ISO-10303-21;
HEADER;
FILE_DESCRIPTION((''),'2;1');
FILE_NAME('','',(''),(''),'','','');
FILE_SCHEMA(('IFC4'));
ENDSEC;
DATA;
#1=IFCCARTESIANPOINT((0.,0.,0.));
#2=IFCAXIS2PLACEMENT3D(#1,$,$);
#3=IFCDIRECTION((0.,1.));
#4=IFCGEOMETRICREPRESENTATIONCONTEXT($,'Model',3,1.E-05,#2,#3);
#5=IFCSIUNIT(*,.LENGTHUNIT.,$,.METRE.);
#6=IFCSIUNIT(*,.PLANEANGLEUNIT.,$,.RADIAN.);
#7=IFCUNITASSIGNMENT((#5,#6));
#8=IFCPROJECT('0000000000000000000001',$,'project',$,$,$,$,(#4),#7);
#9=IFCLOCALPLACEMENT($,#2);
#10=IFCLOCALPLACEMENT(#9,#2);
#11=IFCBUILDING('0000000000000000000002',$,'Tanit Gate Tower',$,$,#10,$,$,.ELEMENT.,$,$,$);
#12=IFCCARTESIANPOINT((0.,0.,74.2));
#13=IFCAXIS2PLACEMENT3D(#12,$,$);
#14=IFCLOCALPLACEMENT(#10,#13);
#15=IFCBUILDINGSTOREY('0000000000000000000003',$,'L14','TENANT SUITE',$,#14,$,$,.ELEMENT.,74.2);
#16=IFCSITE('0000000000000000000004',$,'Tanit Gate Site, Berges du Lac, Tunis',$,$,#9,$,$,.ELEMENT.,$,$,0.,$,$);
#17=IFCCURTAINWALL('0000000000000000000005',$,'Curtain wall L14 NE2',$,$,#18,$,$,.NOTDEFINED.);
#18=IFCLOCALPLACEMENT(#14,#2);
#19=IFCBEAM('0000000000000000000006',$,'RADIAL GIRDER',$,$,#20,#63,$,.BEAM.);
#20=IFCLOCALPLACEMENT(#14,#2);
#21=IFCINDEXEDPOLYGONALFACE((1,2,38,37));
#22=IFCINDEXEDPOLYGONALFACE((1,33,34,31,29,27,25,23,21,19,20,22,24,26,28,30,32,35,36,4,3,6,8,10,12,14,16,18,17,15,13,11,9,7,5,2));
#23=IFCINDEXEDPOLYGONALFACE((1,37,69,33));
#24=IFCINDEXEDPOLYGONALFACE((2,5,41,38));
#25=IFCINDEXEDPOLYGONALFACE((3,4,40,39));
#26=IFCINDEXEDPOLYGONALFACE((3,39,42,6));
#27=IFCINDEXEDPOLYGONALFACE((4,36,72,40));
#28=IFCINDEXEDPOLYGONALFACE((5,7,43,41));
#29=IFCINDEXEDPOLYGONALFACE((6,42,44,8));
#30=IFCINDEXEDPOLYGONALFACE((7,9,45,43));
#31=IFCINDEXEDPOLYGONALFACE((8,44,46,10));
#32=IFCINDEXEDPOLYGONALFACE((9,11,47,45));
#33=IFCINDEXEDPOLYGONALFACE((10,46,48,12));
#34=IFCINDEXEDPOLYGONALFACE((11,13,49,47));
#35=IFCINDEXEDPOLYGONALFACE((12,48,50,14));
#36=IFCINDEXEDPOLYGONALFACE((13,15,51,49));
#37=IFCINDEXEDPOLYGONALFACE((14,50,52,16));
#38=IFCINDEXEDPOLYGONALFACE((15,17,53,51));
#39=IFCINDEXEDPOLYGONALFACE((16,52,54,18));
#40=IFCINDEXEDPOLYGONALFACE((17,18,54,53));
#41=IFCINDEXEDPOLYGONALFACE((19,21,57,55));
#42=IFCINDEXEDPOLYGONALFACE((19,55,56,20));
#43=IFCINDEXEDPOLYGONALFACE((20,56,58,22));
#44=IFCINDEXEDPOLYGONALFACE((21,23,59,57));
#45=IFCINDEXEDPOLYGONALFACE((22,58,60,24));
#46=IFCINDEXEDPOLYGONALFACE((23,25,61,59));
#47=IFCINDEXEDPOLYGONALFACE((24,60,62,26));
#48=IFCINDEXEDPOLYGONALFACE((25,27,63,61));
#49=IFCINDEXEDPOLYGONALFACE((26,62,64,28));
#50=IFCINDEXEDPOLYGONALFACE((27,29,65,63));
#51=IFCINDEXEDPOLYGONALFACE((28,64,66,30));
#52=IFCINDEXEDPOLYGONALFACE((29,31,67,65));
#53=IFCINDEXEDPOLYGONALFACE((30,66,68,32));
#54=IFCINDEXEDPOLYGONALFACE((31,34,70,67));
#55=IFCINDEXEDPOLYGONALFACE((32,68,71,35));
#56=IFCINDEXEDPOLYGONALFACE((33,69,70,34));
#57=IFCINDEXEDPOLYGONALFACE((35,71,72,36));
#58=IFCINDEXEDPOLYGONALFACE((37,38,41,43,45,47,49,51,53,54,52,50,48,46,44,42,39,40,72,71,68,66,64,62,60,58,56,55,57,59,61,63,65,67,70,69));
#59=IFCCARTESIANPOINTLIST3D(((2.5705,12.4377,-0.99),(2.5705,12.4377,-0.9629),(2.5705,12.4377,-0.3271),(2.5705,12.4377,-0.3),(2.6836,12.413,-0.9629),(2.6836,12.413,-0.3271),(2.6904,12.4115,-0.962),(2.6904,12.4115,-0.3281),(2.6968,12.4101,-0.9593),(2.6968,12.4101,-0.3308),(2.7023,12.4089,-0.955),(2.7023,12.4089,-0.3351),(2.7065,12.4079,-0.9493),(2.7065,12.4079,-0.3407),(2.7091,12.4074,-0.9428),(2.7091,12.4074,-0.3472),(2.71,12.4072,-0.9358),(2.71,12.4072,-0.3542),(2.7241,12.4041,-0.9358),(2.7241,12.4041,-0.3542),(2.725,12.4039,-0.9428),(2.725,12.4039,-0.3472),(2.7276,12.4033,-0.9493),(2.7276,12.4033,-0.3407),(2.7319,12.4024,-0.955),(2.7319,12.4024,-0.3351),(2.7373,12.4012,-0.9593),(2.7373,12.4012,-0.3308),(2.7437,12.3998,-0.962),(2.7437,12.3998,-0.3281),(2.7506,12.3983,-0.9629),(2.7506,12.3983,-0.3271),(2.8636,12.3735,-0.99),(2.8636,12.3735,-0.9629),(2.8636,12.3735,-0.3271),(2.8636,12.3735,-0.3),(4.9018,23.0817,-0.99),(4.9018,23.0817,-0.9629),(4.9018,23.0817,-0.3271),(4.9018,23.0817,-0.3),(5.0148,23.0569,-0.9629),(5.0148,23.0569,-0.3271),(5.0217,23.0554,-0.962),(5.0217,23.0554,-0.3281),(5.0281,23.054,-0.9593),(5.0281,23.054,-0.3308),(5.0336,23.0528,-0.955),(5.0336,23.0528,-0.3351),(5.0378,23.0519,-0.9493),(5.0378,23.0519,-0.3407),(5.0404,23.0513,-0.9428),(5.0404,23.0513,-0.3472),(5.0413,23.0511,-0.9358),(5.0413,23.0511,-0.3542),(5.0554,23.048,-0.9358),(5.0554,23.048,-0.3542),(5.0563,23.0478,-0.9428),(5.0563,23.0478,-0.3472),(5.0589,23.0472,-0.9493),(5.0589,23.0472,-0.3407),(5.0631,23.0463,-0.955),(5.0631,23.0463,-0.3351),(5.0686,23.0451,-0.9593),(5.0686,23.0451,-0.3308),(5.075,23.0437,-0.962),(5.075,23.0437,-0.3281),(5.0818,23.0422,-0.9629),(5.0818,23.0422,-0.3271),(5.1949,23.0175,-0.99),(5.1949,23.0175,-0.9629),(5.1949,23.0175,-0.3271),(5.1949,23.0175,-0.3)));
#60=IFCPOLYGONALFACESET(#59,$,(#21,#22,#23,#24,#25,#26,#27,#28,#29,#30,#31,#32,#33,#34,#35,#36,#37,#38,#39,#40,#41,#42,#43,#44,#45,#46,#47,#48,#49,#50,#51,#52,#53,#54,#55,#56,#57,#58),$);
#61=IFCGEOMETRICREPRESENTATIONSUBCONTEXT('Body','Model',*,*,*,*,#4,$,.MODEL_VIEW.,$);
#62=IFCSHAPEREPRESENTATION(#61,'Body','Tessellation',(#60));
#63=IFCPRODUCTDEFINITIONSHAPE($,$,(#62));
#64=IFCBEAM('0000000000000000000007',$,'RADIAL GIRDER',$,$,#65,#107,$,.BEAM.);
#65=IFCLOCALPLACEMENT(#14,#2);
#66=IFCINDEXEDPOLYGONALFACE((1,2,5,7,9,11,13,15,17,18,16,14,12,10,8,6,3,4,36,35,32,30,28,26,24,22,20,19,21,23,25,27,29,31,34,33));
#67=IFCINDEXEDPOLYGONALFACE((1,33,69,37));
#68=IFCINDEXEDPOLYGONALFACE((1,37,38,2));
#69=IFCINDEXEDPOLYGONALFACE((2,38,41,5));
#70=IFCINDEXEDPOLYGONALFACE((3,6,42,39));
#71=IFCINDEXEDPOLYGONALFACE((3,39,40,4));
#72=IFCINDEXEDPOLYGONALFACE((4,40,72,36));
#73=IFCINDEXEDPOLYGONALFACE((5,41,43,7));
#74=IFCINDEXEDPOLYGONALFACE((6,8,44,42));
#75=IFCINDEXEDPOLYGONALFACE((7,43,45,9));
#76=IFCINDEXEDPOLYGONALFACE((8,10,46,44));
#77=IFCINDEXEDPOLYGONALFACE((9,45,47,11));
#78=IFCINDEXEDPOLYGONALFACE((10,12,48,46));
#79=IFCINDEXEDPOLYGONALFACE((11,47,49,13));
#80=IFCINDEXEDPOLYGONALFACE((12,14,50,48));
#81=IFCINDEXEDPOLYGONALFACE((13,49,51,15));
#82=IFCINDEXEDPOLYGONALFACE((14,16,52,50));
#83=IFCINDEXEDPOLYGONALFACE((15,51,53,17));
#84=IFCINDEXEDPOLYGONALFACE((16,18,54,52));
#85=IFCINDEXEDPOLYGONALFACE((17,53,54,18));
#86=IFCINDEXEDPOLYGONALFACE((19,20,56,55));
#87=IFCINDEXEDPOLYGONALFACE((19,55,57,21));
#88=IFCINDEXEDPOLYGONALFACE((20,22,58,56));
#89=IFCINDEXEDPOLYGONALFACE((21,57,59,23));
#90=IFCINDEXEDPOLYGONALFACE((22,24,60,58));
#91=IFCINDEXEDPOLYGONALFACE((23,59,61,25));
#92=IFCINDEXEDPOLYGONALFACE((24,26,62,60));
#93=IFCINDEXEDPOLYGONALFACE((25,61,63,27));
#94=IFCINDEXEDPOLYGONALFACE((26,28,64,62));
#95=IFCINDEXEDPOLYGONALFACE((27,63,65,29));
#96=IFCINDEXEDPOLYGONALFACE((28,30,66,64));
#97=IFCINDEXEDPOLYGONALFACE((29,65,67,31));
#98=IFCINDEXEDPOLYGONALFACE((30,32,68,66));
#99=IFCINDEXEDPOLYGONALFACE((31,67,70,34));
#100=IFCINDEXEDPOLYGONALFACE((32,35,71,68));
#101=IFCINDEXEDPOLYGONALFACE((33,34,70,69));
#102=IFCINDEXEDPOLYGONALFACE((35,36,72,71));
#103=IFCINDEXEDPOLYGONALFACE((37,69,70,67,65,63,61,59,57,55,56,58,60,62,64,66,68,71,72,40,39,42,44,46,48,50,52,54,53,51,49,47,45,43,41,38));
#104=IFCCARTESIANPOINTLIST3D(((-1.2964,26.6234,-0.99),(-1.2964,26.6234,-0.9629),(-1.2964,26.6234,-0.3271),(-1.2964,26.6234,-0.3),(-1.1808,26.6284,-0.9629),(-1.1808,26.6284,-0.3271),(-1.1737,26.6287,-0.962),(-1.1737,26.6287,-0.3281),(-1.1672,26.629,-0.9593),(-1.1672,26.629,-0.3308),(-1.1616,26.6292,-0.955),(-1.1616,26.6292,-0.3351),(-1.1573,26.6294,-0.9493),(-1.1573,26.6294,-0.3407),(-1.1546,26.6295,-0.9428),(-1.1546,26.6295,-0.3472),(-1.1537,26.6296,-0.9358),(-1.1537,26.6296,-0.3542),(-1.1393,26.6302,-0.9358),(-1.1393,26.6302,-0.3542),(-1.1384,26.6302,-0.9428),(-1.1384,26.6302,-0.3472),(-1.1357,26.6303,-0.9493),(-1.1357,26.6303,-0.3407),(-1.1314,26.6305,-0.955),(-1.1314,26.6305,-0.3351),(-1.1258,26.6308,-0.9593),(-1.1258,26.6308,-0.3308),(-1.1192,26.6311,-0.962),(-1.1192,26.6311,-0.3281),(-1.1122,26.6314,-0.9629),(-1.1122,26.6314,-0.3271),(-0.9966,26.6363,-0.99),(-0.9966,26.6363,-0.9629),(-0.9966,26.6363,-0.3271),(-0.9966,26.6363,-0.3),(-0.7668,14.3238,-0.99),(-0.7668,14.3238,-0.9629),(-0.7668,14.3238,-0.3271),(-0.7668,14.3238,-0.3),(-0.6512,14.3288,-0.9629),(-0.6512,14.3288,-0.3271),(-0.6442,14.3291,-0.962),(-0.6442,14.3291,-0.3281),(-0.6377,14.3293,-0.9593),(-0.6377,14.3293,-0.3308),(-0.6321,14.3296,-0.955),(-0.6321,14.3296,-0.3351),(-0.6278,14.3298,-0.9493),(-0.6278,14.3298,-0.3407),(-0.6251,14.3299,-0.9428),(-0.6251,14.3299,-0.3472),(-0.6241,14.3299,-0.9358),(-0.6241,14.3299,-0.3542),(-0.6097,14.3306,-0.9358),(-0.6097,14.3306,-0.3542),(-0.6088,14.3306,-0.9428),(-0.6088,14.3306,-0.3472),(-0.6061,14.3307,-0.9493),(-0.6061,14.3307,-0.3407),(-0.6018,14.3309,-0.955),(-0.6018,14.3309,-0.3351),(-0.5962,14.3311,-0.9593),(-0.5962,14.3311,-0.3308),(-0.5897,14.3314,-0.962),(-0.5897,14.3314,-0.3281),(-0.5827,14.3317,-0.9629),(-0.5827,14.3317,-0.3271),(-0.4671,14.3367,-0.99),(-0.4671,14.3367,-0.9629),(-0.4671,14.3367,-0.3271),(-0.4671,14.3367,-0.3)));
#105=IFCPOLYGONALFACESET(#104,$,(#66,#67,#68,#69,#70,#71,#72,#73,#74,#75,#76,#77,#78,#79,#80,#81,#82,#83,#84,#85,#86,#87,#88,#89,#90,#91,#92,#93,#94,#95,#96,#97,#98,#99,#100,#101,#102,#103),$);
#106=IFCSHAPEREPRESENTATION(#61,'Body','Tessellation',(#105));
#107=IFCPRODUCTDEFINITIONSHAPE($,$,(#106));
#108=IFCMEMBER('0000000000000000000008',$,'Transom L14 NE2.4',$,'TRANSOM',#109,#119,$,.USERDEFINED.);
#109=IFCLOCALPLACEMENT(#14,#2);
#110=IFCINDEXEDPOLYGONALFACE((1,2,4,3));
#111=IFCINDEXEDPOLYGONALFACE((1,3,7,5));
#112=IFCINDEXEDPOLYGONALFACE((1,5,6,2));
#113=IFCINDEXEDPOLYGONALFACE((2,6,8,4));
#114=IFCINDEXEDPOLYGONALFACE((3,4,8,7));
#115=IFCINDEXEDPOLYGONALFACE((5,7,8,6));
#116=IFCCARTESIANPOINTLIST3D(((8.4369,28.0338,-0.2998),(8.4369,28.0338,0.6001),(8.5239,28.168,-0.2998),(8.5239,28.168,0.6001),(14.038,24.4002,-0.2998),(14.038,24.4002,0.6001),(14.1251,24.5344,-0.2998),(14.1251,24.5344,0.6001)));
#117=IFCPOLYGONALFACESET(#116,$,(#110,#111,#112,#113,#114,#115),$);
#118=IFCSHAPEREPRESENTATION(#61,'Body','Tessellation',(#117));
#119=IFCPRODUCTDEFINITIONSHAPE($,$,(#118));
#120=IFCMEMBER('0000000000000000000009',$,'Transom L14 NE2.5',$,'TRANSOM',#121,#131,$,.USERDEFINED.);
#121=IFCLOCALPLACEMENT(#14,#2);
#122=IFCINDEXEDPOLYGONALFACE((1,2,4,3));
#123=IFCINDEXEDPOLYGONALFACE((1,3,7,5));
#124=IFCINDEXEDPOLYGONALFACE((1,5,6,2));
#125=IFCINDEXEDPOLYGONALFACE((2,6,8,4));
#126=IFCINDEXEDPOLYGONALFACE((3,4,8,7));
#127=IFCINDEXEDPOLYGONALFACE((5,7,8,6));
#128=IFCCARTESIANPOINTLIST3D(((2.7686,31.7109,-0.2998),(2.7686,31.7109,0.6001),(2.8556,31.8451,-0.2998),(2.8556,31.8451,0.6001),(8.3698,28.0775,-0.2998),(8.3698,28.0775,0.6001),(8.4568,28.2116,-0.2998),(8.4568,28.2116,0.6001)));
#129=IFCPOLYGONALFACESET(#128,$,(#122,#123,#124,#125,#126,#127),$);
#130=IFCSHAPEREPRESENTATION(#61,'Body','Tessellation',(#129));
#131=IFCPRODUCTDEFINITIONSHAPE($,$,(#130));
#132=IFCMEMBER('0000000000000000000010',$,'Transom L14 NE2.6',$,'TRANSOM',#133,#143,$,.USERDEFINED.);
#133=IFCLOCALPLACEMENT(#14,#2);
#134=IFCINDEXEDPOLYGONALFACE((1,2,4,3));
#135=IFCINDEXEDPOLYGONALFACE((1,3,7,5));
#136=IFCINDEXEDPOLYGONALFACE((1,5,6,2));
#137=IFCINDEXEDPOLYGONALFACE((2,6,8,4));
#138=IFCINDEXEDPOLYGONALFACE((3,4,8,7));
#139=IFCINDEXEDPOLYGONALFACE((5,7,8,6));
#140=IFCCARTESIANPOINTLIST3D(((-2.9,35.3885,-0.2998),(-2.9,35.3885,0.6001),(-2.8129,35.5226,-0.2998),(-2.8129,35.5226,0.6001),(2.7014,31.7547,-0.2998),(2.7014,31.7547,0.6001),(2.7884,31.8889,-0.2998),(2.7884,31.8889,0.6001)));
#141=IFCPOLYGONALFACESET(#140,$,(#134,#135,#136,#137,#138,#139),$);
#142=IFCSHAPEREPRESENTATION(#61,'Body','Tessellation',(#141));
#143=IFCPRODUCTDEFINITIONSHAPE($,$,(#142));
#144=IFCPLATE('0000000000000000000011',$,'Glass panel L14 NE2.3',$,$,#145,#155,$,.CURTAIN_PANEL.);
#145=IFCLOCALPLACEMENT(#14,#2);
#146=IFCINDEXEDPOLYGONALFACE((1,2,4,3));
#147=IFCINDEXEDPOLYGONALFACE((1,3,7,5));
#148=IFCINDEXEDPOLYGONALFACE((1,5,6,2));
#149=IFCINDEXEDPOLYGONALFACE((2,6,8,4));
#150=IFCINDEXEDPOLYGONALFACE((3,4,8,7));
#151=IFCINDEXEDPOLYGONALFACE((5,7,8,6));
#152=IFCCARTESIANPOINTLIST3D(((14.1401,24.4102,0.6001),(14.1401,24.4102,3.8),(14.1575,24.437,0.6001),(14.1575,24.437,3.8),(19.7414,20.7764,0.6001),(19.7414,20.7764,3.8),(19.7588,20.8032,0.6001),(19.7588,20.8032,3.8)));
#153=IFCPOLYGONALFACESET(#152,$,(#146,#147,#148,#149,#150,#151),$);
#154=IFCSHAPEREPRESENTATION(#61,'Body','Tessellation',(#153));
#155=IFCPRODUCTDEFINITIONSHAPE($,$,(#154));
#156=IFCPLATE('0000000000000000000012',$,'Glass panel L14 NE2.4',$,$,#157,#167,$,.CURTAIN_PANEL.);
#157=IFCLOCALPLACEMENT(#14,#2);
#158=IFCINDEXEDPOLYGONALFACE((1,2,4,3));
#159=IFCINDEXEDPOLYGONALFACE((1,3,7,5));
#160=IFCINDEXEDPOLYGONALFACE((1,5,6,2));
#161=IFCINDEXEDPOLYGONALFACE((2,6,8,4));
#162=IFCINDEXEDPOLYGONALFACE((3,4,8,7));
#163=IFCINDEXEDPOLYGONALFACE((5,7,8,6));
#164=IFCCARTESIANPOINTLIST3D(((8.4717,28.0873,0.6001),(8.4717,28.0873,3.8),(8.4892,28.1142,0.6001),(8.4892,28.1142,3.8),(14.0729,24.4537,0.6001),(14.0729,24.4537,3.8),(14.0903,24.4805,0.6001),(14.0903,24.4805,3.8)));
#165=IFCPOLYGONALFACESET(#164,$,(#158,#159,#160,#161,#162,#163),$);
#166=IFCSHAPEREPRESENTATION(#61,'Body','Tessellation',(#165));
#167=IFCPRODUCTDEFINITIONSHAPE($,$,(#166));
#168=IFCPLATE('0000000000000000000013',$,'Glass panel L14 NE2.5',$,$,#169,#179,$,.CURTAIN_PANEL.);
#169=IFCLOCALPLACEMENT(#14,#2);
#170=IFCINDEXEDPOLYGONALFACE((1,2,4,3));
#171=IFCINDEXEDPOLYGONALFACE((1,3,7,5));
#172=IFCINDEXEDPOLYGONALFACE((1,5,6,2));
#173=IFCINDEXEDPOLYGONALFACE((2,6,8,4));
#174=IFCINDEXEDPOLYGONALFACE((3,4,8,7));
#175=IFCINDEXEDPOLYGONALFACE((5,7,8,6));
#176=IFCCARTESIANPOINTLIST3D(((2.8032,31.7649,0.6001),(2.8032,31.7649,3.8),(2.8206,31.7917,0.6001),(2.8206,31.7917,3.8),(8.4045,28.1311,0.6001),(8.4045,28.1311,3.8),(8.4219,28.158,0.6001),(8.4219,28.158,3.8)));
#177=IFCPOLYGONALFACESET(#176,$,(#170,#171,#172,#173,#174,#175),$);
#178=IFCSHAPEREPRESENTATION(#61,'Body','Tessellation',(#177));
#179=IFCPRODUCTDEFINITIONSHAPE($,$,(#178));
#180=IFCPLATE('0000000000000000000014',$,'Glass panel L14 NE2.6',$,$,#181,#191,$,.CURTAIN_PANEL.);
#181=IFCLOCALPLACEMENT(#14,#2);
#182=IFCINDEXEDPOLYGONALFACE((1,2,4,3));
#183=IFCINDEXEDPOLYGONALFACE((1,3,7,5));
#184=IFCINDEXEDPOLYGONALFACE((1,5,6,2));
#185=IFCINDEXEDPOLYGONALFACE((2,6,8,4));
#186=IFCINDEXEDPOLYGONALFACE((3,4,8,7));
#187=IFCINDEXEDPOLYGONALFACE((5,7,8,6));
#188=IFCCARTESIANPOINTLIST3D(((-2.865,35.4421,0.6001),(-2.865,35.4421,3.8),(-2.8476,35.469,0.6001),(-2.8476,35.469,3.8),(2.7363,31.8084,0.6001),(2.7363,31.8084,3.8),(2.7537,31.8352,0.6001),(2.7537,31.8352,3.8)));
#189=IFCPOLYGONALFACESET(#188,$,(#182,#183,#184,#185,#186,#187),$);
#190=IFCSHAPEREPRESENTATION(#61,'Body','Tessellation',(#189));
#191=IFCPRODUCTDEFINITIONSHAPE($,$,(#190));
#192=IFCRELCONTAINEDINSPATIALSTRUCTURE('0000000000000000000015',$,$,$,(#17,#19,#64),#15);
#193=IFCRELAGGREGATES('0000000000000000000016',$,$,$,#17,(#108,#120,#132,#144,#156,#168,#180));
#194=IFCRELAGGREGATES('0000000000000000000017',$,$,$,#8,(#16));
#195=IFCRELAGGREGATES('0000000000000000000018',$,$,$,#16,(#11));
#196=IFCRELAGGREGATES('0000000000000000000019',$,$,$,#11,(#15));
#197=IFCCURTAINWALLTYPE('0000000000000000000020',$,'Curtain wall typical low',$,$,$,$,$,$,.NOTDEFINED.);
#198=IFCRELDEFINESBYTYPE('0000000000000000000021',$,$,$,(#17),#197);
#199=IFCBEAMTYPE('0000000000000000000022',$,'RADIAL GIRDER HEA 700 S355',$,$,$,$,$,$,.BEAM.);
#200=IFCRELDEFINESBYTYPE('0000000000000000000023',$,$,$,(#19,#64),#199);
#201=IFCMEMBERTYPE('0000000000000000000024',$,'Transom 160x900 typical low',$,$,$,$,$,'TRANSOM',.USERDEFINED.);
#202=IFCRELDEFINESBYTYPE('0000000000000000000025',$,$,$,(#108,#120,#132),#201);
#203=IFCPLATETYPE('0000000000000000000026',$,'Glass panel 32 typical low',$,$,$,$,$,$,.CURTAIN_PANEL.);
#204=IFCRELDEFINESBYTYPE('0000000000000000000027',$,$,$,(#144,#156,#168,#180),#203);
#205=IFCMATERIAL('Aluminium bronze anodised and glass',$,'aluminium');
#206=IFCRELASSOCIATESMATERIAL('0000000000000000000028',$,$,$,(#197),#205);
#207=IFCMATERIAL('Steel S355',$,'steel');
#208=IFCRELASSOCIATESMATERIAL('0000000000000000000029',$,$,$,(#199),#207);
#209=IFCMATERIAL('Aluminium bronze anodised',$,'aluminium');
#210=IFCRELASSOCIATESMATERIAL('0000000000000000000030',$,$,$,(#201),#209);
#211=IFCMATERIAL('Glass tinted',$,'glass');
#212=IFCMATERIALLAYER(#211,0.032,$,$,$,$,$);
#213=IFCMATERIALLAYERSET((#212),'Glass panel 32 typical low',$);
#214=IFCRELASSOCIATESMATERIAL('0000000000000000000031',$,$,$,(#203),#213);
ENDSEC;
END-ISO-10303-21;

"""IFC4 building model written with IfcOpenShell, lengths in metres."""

from ifc_helpers import new_model, si_unit, direction, frame, origin, origin_2d, place, context, subcontext, project, spatial, rectangle, i_section, extrude, material, layer, layer_set, material_profile, profile_set, type_object, element, aggregate, save


model = new_model("IFC4")

# Units and contexts
model_context = context("Model", 3, precision=1e-05, world=origin(), true_north=direction((0.0, 1.0)))
body_context = subcontext(model_context, "Body", "Model", "MODEL_VIEW")
ifc_project = project(units=[si_unit("LENGTHUNIT", "METRE"), si_unit("PLANEANGLEUNIT", "RADIAN")], contexts=[model_context])

# Site, building, storey
site_placement = place(None, origin())
site = spatial("IfcSite", under=ifc_project, at=site_placement, Name="Tanit Gate Site, Berges du Lac, Tunis", CompositionType="ELEMENT", RefElevation=0.0)
building_placement = place(site_placement, origin())
building = spatial("IfcBuilding", under=site, at=building_placement, Name="Tanit Gate Tower", CompositionType="ELEMENT")
storey_placement = place(building_placement, frame((0.0, 0.0, 74.2)))
storey = spatial("IfcBuildingStorey", under=building, at=storey_placement, Name="L14", Description="TENANT SUITE", CompositionType="ELEMENT", Elevation=74.2)

# Curtain wall
ifc_material_1 = material(Name="Aluminium bronze anodised and glass", Category="aluminium")
curtain_wall_type = type_object("IfcCurtainWallType", Name="Curtain wall typical low", PredefinedType="NOTDEFINED", material=ifc_material_1)
curtain_wall_placement = place(storey_placement, origin())
curtain_wall = element("IfcCurtainWall", 1, at=curtain_wall_placement, inside=storey, type_object=curtain_wall_type, Name="Curtain wall L14 NE2", PredefinedType="NOTDEFINED")

# Beams
ifc_material_2 = material(Name="Steel S355", Category="steel")
ifc_material_profile_1 = material_profile(ifc_material_2, i_section(OverallWidth=0.3, OverallDepth=0.6899, WebThickness=0.0144, FlangeThickness=0.0271, FilletRadius=0.0271, at=origin_2d()), Name="HEA 700")
ifc_profile_set_1 = profile_set([ifc_material_profile_1], Name="Steel S355")
beam_type = type_object("IfcBeamType", Name="RADIAL GIRDER HEA 700 S355", PredefinedType="BEAM", material=ifc_profile_set_1)
beam_1_placement = place(storey_placement, frame((5.0483, 23.0496, -0.645), z_axis=(-0.213952, -0.976844, 0.0), x_axis=(0.976844, -0.213952, 0.0)))
element("IfcBeam", 2, at=beam_1_placement, inside=storey, type_object=beam_type, Name="RADIAL GIRDER", PredefinedType="BEAM", context=body_context, shape_type="SweptSolid", body=[
    extrude(i_section(OverallWidth=0.3, OverallDepth=0.6899, WebThickness=0.0144, FlangeThickness=0.0271, FilletRadius=0.0271, at=origin_2d()), origin(), (0.0, 0.0, 1.0), 10.8962),
])
beam_2_placement = place(storey_placement, frame((-1.1465, 26.6299, -0.645), z_axis=(0.043014, -0.999074, 0.0), x_axis=(0.999074, 0.043014, 0.0)))
element("IfcBeam", 3, at=beam_2_placement, inside=storey, type_object=beam_type, Name="RADIAL GIRDER", PredefinedType="BEAM", context=body_context, shape_type="SweptSolid", body=[
    extrude(i_section(OverallWidth=0.3, OverallDepth=0.6899, WebThickness=0.0144, FlangeThickness=0.0271, FilletRadius=0.0271, at=origin_2d()), origin(), (0.0, 0.0, 1.0), 12.311),
])

# Members
ifc_material_3 = material(Name="Aluminium bronze anodised", Category="aluminium")
ifc_material_profile_2 = material_profile(ifc_material_3, rectangle(XDim=0.1599, YDim=0.8999, at=origin_2d()), Name="160x900 bronze transom")
ifc_profile_set_2 = profile_set([ifc_material_profile_2], Name="Aluminium bronze anodised")
member_type_1 = type_object("IfcMemberType", Name="Transom 160x900 typical low", ElementType="TRANSOM", PredefinedType="USERDEFINED", material=ifc_profile_set_2)
member_1_placement = place(storey_placement, frame((14.0815, 24.4673, 0.1501), z_axis=(-0.838933, 0.544235, 0.0), x_axis=(-0.544235, -0.838933, 0.0)))
member_1 = element("IfcMember", 4, at=member_1_placement, type_object=member_type_1, Name="Transom L14 NE2.4", ObjectType="TRANSOM", PredefinedType="USERDEFINED", context=body_context, shape_type="SweptSolid", body=[
    extrude(rectangle(XDim=0.1599, YDim=0.8999, at=origin_2d()), origin(), (0.0, 0.0, 1.0), 6.6765),
])
member_2_placement = place(storey_placement, frame((8.4133, 28.1445, 0.1501), z_axis=(-0.838944, 0.544218, 0.0), x_axis=(-0.544218, -0.838944, 0.0)))
member_2 = element("IfcMember", 5, at=member_2_placement, type_object=member_type_1, Name="Transom L14 NE2.5", ObjectType="TRANSOM", PredefinedType="USERDEFINED", context=body_context, shape_type="SweptSolid", body=[
    extrude(rectangle(XDim=0.1599, YDim=0.8999, at=origin_2d()), origin(), (0.0, 0.0, 1.0), 6.6765),
])
member_3_placement = place(storey_placement, frame((2.7449, 31.8218, 0.1501), z_axis=(-0.838927, 0.544244, 0.0), x_axis=(-0.544244, -0.838927, 0.0)))
member_3 = element("IfcMember", 6, at=member_3_placement, type_object=member_type_1, Name="Transom L14 NE2.6", ObjectType="TRANSOM", PredefinedType="USERDEFINED", context=body_context, shape_type="SweptSolid", body=[
    extrude(rectangle(XDim=0.1599, YDim=0.8999, at=origin_2d()), origin(), (0.0, 0.0, 1.0), 6.6768),
])

# Plates
ifc_material_4 = material(Name="Glass tinted", Category="glass")
ifc_layer_1 = layer(ifc_material_4, 0.032)
ifc_layer_set_1 = layer_set([ifc_layer_1], Name="Glass panel 32 typical low")
plate_type = type_object("IfcPlateType", Name="Glass panel 32 typical low", PredefinedType="CURTAIN_PANEL", material=ifc_layer_set_1)
plate_1_placement = place(storey_placement, frame((16.9495, 22.6067, 0.6001), z_axis=(0.0, 0.0, 1.0), x_axis=(-0.838927, 0.544243, 0.0)))
plate_1 = element("IfcPlate", 7, at=plate_1_placement, type_object=plate_type, Name="Glass panel L14 NE2.3", PredefinedType="CURTAIN_PANEL", context=body_context, shape_type="SweptSolid", body=[
    extrude(rectangle(XDim=6.6768, YDim=0.032, at=origin_2d()), origin(), (0.0, 0.0, 1.0), 3.2),
])
plate_2_placement = place(storey_placement, frame((11.281, 26.2839, 0.6001), z_axis=(0.0, 0.0, 1.0), x_axis=(-0.838927, 0.544243, 0.0)))
plate_2 = element("IfcPlate", 8, at=plate_2_placement, type_object=plate_type, Name="Glass panel L14 NE2.4", PredefinedType="CURTAIN_PANEL", context=body_context, shape_type="SweptSolid", body=[
    extrude(rectangle(XDim=6.6765, YDim=0.032, at=origin_2d()), origin(), (0.0, 0.0, 1.0), 3.2),
])
plate_3_placement = place(storey_placement, frame((5.6125, 29.9614, 0.6001), z_axis=(0.0, 0.0, 1.0), x_axis=(-0.838927, 0.544243, 0.0)))
plate_3 = element("IfcPlate", 9, at=plate_3_placement, type_object=plate_type, Name="Glass panel L14 NE2.5", PredefinedType="CURTAIN_PANEL", context=body_context, shape_type="SweptSolid", body=[
    extrude(rectangle(XDim=6.6768, YDim=0.032, at=origin_2d()), origin(), (0.0, 0.0, 1.0), 3.2),
])
plate_4_placement = place(storey_placement, frame((-0.0557, 33.6387, 0.6001), z_axis=(0.0, 0.0, 1.0), x_axis=(-0.838927, 0.544243, 0.0)))
plate_4 = element("IfcPlate", 10, at=plate_4_placement, type_object=plate_type, Name="Glass panel L14 NE2.6", PredefinedType="CURTAIN_PANEL", context=body_context, shape_type="SweptSolid", body=[
    extrude(rectangle(XDim=6.6768, YDim=0.032, at=origin_2d()), origin(), (0.0, 0.0, 1.0), 3.2),
])
aggregate(curtain_wall, [member_1, member_2, member_3, plate_1, plate_2, plate_3, plate_4])

save(model, "model.ifc")
